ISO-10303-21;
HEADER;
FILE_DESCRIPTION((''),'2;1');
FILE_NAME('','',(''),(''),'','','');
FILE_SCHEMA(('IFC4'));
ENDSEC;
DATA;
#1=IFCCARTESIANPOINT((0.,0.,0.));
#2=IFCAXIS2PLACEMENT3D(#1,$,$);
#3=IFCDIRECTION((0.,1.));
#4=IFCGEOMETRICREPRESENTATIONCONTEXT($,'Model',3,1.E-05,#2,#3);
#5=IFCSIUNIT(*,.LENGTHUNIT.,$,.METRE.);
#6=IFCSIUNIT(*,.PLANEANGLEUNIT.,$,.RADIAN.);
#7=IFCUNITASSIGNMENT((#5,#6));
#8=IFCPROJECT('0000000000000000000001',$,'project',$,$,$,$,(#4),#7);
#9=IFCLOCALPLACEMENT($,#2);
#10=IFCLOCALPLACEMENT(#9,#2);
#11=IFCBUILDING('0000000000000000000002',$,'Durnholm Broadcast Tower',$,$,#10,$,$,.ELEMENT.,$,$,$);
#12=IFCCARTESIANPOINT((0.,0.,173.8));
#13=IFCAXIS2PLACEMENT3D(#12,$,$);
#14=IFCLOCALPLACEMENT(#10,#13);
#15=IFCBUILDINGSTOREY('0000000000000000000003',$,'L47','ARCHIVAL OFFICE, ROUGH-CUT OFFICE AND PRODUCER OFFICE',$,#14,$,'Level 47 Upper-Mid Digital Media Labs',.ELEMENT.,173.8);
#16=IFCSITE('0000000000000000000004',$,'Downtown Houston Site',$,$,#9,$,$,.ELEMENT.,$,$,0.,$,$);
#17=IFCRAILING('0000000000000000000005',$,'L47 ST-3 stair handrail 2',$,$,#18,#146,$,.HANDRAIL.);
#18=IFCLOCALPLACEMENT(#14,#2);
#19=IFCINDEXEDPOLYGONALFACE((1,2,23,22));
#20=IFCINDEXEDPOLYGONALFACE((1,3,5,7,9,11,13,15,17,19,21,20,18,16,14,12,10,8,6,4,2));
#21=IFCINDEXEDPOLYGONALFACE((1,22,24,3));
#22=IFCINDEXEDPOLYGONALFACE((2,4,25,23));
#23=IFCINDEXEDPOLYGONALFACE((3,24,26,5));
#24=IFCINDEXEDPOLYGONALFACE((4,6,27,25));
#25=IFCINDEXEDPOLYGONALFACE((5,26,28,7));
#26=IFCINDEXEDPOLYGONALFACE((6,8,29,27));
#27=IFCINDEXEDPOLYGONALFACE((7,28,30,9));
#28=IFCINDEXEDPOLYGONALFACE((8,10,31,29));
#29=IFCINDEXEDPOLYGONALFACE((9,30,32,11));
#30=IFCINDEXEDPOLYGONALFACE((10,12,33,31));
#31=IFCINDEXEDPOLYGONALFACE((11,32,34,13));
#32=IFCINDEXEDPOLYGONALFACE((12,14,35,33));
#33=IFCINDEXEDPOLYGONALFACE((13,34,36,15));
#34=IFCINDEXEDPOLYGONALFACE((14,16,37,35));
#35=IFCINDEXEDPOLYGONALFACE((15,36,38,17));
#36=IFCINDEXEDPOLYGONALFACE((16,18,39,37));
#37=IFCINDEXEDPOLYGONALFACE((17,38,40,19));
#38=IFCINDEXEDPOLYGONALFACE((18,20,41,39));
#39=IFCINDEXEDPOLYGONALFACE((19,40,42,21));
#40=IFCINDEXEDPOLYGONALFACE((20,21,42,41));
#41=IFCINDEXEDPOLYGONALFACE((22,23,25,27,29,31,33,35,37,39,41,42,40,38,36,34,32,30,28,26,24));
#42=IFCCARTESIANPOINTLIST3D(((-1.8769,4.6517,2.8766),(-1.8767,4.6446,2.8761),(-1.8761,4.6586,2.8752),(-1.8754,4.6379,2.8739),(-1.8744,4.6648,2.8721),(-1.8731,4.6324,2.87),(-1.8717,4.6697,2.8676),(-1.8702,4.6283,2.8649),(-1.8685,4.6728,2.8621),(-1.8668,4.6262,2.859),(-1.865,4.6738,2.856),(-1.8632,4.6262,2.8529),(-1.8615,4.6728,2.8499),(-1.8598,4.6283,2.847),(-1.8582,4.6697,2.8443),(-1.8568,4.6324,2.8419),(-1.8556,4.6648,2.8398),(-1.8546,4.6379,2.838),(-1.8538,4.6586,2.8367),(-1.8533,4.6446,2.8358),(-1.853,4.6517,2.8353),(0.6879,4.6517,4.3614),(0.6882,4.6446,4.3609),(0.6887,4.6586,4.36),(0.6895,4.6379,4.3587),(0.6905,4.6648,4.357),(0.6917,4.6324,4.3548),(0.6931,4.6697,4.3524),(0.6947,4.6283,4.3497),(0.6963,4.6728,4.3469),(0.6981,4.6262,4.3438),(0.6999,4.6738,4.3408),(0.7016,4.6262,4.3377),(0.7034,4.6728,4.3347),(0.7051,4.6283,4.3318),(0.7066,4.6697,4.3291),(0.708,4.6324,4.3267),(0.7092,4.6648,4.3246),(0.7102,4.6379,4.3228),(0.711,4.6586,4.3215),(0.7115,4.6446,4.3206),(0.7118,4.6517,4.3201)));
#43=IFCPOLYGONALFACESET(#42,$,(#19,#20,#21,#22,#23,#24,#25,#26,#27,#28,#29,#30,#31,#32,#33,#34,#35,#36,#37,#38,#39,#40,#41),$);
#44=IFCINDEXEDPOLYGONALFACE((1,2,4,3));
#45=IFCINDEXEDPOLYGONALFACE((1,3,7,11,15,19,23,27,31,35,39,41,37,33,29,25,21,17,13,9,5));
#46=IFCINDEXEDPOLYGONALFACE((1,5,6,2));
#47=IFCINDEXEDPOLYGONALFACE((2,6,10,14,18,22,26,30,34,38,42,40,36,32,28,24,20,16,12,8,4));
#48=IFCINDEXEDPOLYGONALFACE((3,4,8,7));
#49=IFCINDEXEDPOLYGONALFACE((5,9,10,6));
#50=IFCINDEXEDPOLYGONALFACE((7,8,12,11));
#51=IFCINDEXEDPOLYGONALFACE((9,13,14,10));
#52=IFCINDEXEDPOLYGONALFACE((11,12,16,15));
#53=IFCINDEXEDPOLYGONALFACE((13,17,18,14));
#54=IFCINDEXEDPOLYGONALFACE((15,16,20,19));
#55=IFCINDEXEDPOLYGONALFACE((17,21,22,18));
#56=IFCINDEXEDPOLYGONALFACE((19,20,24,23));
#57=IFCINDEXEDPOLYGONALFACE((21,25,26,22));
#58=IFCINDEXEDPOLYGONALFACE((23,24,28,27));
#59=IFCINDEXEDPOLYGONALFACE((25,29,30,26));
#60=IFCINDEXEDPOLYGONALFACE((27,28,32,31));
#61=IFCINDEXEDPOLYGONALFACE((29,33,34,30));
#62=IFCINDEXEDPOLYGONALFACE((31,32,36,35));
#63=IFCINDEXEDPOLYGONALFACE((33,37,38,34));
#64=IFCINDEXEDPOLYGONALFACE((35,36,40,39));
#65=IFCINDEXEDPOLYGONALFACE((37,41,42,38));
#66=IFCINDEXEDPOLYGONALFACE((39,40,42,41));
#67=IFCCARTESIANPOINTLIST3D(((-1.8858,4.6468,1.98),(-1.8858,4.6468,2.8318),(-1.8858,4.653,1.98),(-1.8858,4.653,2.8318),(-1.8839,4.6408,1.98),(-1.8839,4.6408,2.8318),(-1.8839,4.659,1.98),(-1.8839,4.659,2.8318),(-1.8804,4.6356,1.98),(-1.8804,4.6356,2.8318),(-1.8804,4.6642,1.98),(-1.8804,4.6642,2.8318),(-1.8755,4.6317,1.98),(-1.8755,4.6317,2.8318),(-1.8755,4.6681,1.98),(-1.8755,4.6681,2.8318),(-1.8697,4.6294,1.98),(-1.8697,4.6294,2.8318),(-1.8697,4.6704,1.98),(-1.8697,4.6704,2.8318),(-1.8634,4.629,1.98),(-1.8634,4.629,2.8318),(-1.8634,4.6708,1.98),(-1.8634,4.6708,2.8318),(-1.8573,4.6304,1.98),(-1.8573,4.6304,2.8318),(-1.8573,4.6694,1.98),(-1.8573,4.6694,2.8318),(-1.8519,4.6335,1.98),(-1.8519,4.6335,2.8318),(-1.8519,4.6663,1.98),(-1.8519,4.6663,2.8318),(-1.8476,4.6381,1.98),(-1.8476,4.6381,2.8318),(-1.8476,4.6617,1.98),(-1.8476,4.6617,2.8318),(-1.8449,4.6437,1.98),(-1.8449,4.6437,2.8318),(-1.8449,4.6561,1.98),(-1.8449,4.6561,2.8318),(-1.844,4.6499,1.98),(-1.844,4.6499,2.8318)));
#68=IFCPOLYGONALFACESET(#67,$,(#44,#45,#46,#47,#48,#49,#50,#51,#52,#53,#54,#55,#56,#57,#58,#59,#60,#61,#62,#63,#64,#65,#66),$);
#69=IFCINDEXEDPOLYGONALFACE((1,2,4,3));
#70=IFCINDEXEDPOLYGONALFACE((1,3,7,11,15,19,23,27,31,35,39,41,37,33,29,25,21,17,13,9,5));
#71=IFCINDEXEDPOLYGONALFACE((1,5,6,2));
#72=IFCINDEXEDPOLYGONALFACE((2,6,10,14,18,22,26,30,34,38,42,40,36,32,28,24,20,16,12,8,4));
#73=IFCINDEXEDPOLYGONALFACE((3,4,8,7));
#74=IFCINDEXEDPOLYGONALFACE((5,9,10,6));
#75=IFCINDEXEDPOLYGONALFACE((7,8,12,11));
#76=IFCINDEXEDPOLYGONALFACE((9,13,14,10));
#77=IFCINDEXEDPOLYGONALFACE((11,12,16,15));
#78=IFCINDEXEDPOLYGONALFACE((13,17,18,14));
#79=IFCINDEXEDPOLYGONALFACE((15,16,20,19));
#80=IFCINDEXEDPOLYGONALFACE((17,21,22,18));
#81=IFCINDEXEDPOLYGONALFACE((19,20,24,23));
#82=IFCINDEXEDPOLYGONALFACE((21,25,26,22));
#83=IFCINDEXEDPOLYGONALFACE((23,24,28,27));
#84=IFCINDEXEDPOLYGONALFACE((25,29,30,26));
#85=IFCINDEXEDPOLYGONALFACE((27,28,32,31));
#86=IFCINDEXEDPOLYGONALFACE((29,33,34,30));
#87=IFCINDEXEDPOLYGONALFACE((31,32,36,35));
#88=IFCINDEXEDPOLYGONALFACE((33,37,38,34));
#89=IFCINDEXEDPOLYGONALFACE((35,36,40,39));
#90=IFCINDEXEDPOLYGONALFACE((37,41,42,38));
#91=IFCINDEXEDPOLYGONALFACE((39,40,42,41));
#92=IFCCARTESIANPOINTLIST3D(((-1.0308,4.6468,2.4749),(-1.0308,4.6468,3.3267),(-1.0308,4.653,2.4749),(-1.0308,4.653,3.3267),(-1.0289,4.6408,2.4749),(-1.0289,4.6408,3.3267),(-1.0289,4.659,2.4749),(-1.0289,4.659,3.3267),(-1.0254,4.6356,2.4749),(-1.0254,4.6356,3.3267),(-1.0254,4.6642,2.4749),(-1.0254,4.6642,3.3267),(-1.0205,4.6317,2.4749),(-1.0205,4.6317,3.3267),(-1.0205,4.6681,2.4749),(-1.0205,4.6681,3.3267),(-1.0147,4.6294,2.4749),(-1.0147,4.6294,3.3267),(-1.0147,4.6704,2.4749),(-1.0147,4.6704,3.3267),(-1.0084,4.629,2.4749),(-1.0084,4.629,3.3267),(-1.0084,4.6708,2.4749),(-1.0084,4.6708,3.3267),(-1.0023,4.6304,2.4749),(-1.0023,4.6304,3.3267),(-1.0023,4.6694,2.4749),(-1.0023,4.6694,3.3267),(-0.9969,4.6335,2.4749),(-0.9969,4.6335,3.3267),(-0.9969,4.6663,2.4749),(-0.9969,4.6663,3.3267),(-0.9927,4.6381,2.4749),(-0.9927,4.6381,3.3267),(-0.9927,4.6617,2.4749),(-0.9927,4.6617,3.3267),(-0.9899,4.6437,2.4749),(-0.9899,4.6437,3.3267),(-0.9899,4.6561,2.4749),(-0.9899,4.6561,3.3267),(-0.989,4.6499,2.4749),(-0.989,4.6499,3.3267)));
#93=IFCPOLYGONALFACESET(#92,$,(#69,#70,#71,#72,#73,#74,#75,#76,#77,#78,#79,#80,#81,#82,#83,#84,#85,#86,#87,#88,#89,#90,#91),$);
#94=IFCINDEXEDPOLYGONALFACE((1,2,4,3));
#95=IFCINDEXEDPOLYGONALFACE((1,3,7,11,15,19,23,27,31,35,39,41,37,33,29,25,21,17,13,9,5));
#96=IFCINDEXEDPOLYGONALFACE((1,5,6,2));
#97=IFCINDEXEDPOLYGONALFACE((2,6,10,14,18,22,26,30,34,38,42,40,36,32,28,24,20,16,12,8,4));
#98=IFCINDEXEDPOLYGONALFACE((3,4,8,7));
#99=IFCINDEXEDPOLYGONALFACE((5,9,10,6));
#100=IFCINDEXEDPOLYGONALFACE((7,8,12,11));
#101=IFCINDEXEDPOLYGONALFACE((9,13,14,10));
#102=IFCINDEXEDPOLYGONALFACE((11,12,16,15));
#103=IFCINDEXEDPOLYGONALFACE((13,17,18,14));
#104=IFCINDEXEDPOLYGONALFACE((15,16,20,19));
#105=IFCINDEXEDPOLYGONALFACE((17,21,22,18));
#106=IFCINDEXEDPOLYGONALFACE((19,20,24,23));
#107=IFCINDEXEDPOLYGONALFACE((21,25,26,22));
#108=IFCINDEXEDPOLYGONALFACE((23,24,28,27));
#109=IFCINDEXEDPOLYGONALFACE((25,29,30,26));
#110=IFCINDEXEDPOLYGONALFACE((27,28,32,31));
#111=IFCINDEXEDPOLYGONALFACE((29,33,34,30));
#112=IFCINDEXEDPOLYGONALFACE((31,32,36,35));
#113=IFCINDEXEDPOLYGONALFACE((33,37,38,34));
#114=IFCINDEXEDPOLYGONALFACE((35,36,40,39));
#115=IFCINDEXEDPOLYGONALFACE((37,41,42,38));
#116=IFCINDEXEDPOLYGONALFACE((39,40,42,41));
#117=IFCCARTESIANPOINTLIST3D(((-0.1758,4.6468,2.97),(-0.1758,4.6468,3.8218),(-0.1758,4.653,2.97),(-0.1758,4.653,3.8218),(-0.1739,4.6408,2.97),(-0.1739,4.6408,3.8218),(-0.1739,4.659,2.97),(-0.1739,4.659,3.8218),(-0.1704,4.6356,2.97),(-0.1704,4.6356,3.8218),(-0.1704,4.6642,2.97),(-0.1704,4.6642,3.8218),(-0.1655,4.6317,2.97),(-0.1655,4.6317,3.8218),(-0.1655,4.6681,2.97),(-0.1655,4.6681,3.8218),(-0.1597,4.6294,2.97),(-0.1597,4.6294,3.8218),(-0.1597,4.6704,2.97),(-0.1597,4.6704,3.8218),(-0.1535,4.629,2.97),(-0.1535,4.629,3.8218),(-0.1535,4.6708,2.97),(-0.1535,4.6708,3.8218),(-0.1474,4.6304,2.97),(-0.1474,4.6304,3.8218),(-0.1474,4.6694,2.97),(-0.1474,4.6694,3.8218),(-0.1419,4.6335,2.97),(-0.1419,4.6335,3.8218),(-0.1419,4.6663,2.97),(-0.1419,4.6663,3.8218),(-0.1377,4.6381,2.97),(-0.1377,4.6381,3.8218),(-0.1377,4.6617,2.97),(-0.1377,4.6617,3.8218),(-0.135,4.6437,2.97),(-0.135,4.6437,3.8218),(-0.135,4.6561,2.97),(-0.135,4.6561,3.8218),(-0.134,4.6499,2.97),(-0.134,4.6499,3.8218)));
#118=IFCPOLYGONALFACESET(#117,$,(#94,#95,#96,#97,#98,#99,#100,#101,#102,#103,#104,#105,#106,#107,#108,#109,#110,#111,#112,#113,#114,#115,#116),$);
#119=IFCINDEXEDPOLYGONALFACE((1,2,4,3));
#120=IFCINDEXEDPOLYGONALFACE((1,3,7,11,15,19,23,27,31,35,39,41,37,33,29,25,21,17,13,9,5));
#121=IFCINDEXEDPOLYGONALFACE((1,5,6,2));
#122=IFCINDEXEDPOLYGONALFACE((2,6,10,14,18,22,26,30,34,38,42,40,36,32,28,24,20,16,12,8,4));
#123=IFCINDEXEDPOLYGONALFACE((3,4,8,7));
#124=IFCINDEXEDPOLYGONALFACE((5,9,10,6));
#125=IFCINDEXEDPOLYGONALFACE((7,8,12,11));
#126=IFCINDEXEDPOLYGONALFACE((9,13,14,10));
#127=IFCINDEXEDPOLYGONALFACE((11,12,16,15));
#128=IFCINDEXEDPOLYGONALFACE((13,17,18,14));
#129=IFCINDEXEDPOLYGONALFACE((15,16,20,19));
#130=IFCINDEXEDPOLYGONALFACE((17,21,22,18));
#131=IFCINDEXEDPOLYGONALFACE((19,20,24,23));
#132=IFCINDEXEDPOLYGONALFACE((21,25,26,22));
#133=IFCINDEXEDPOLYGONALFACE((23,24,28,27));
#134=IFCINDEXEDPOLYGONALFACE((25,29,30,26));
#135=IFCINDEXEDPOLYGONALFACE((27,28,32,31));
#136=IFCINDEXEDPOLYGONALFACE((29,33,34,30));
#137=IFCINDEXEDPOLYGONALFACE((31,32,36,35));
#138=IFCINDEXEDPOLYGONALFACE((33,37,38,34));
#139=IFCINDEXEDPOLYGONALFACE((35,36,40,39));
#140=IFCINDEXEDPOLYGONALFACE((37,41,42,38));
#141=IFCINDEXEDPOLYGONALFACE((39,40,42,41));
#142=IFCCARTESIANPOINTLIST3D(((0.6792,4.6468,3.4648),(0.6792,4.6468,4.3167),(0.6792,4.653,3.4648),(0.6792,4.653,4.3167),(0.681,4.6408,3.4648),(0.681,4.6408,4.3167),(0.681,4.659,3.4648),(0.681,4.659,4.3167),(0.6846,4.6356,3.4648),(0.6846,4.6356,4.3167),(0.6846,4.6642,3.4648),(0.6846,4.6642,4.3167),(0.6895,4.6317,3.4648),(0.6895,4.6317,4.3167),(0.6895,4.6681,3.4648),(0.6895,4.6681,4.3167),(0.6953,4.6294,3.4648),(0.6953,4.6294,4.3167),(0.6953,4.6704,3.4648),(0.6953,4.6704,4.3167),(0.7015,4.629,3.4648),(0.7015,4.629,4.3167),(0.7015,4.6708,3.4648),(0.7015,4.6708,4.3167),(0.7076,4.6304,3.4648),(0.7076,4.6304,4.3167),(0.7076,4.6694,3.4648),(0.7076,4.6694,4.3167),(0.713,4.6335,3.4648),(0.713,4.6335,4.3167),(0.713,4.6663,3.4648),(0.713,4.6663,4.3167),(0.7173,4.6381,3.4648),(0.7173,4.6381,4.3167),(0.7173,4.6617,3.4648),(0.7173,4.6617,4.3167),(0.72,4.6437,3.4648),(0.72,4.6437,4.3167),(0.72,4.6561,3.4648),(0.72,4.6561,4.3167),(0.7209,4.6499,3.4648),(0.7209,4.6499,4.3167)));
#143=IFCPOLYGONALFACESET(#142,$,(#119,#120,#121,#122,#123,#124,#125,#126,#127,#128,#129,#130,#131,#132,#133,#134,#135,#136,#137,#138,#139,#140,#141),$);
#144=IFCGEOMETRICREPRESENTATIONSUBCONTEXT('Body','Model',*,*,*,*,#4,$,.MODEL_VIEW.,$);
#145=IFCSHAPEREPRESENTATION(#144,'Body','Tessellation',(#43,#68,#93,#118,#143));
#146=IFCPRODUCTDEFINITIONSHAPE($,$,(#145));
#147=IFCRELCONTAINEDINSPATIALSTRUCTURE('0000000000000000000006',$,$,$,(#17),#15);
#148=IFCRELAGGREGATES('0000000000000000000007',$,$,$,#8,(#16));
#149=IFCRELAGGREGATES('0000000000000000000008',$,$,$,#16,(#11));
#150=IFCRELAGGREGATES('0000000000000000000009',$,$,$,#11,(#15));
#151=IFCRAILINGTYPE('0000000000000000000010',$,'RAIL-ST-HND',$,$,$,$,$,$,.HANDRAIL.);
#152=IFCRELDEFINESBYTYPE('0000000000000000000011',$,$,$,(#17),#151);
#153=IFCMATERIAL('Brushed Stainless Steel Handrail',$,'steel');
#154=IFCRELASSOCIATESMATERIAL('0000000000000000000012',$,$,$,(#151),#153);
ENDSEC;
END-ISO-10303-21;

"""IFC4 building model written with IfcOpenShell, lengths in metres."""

from ifc_helpers import new_model, si_unit, direction, frame, origin, origin_2d, place, context, subcontext, project, spatial, circle, extrude, material, type_object, element, save


model = new_model("IFC4")

# Units and contexts
model_context = context("Model", 3, precision=1e-05, world=origin(), true_north=direction((0.0, 1.0)))
body_context = subcontext(model_context, "Body", "Model", "MODEL_VIEW")
ifc_project = project(units=[si_unit("LENGTHUNIT", "METRE"), si_unit("PLANEANGLEUNIT", "RADIAN")], contexts=[model_context])

# Site, building, storey
site_placement = place(None, origin())
site = spatial("IfcSite", under=ifc_project, at=site_placement, Name="Downtown Houston Site", CompositionType="ELEMENT", RefElevation=0.0)
building_placement = place(site_placement, origin())
building = spatial("IfcBuilding", under=site, at=building_placement, Name="Durnholm Broadcast Tower", CompositionType="ELEMENT")
storey_placement = place(building_placement, frame((0.0, 0.0, 173.8)))
storey = spatial("IfcBuildingStorey", under=building, at=storey_placement, Name="L47", Description="ARCHIVAL OFFICE, ROUGH-CUT OFFICE AND PRODUCER OFFICE", LongName="Level 47 Upper-Mid Digital Media Labs", CompositionType="ELEMENT", Elevation=173.8)

# Railing
ifc_material_1 = material(Name="Brushed Stainless Steel Handrail", Category="steel")
railing_type_1 = type_object("IfcRailingType", Name="RAIL-ST-HND", PredefinedType="HANDRAIL", material=ifc_material_1)
railing_1_placement = place(storey_placement, frame((-1.865, 4.6499, 1.98)))
element("IfcRailing", 1, at=railing_1_placement, inside=storey, type_object=railing_type_1, Name="L47 ST-3 stair handrail 2", PredefinedType="HANDRAIL", context=body_context, shape_type="SweptSolid", body=[
    extrude(circle(Radius=0.0239, at=origin_2d()), frame((0.0, 0.0, 0.876), z_axis=(0.865441, 0.0, 0.50101), x_axis=(0.0, 1.0, 0.0)), (0.0, 0.0, 1.0), 2.9636),
    extrude(circle(Radius=0.021, at=origin_2d()), origin(), (0.0, 0.0, 1.0), 0.8518),
    extrude(circle(Radius=0.021, at=origin_2d()), frame((0.855, 0.0, 0.4949)), (0.0, 0.0, 1.0), 0.8518),
    extrude(circle(Radius=0.021, at=origin_2d()), frame((1.71, 0.0, 0.99)), (0.0, 0.0, 1.0), 0.8518),
    extrude(circle(Radius=0.021, at=origin_2d()), frame((2.5649, 0.0, 1.4849)), (0.0, 0.0, 1.0), 0.8518),
])

save(model, "model.ifc")
